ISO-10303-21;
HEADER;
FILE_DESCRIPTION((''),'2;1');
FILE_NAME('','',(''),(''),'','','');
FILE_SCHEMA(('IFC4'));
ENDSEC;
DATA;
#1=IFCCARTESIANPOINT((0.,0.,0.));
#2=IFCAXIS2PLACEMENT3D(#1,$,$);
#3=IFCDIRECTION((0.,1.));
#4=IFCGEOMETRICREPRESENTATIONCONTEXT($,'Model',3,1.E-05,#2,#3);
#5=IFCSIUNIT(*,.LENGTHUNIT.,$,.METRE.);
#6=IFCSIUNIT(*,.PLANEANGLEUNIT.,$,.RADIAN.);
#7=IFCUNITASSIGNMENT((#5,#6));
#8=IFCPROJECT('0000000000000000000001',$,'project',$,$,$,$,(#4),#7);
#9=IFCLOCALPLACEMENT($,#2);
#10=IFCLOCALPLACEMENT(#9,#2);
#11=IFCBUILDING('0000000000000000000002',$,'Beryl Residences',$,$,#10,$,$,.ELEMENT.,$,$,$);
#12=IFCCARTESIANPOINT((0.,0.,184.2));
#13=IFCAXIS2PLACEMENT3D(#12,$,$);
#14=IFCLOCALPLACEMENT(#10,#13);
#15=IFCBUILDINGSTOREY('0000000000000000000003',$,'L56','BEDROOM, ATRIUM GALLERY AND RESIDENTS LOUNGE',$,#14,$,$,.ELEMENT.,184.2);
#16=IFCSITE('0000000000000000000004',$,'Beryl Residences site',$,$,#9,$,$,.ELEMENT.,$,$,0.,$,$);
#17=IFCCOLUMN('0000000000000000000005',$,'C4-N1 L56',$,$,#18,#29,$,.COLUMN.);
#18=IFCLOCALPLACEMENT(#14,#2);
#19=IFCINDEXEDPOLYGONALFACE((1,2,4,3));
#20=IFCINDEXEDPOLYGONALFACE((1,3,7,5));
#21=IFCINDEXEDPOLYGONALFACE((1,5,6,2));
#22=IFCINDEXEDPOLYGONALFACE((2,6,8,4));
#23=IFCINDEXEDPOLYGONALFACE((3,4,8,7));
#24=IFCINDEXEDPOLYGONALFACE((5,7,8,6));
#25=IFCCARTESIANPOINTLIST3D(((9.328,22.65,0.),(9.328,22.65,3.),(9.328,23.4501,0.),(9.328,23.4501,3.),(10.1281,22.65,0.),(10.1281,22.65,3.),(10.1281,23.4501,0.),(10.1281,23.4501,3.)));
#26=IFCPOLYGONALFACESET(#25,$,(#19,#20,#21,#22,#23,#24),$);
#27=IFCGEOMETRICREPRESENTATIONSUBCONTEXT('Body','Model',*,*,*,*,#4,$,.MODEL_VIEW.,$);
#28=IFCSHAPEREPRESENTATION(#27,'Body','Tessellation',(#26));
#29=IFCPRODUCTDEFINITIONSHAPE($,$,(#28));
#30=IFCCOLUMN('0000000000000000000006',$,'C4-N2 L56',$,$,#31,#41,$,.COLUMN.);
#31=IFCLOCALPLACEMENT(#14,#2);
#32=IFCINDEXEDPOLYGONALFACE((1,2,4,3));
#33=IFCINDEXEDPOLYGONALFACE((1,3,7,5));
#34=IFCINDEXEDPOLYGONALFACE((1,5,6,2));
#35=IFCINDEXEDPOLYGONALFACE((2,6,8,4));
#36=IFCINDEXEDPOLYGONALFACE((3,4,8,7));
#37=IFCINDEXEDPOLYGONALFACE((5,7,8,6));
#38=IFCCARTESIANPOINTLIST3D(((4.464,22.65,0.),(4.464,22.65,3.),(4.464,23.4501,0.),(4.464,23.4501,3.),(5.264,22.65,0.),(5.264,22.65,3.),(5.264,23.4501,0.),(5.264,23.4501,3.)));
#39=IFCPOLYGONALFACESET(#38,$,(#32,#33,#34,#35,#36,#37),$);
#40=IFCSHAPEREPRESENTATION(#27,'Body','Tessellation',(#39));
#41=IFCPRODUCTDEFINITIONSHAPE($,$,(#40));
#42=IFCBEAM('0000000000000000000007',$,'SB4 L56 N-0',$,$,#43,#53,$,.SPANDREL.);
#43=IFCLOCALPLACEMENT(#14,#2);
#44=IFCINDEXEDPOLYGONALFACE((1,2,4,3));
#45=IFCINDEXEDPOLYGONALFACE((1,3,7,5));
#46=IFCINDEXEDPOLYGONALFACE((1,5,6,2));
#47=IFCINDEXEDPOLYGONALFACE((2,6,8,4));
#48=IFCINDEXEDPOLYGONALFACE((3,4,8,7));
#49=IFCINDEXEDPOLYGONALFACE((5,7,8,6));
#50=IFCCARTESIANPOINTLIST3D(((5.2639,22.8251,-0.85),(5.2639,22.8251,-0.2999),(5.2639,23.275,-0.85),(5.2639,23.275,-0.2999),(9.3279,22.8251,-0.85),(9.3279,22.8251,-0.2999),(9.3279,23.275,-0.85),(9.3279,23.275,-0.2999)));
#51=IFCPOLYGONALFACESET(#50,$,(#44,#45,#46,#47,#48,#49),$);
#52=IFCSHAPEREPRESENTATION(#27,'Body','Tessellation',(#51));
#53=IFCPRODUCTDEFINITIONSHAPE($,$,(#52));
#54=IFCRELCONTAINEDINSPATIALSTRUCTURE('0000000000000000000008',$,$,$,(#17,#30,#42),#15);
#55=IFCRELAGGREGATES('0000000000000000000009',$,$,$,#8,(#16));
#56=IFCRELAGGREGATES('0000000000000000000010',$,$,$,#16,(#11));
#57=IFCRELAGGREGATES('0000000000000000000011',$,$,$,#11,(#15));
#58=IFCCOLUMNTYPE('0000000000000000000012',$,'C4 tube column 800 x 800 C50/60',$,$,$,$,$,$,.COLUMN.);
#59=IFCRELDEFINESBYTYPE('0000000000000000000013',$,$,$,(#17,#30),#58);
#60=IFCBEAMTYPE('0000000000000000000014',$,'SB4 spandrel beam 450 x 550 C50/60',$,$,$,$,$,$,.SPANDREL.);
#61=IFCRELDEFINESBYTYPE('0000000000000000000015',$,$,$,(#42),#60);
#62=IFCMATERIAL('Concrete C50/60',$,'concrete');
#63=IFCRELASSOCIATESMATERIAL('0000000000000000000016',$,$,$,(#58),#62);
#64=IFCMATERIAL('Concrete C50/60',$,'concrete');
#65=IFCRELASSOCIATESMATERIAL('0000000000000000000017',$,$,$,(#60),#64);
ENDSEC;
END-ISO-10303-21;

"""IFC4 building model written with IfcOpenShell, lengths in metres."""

from ifc_helpers import new_model, si_unit, direction, frame, origin, origin_2d, place, context, subcontext, project, spatial, rectangle, extrude, material, material_profile, profile_set, type_object, element, save


model = new_model("IFC4")

# Units and contexts
model_context = context("Model", 3, precision=1e-05, world=origin(), true_north=direction((0.0, 1.0)))
body_context = subcontext(model_context, "Body", "Model", "MODEL_VIEW")
ifc_project = project(units=[si_unit("LENGTHUNIT", "METRE"), si_unit("PLANEANGLEUNIT", "RADIAN")], contexts=[model_context])

# Site, building, storey
site_placement = place(None, origin())
site = spatial("IfcSite", under=ifc_project, at=site_placement, Name="Beryl Residences site", CompositionType="ELEMENT", RefElevation=0.0)
building_placement = place(site_placement, origin())
building = spatial("IfcBuilding", under=site, at=building_placement, Name="Beryl Residences", CompositionType="ELEMENT")
storey_placement = place(building_placement, frame((0.0, 0.0, 184.2)))
storey = spatial("IfcBuildingStorey", under=building, at=storey_placement, Name="L56", Description="BEDROOM, ATRIUM GALLERY AND RESIDENTS LOUNGE", CompositionType="ELEMENT", Elevation=184.2)

# Columns
ifc_material_1 = material(Name="Concrete C50/60", Category="concrete")
ifc_material_profile_1 = material_profile(ifc_material_1, rectangle(XDim=0.8, YDim=0.8, at=origin_2d()))
ifc_profile_set_1 = profile_set([ifc_material_profile_1], Name="Concrete C50/60")
column_type = type_object("IfcColumnType", Name="C4 tube column 800 x 800 C50/60", PredefinedType="COLUMN", material=ifc_profile_set_1)
for number, where, z_axis, x_axis, name in (
    (1, (9.728, 23.05, 0.0), (0.0, 0.0, 1.0), (-1.0, 0.0, 0.0), "C4-N1 L56"),
    (2, (4.864, 23.05, 0.0), (0.0, 0.0, 1.0), (-1.0, 0.0, 0.0), "C4-N2 L56"),
):
    element("IfcColumn", number, at=place(storey_placement, frame(where, z_axis=z_axis, x_axis=x_axis)), inside=storey, type_object=column_type, Name=name, PredefinedType="COLUMN", context=body_context, shape_type="SweptSolid", body=[
        extrude(rectangle(XDim=0.8, YDim=0.8, at=origin_2d()), origin(), (0.0, 0.0, 1.0), 3.0),
    ])

# Beam
ifc_material_2 = material(Name="Concrete C50/60", Category="concrete")
ifc_material_profile_2 = material_profile(ifc_material_2, rectangle(XDim=0.45, YDim=0.55, at=origin_2d()))
ifc_profile_set_2 = profile_set([ifc_material_profile_2], Name="Concrete C50/60")
beam_type = type_object("IfcBeamType", Name="SB4 spandrel beam 450 x 550 C50/60", PredefinedType="SPANDREL", material=ifc_profile_set_2)
beam_placement = place(storey_placement, frame((9.3279, 23.05, -0.575), z_axis=(-1.0, 0.0, 0.0), x_axis=(0.0, -1.0, 0.0)))
element("IfcBeam", 3, at=beam_placement, inside=storey, type_object=beam_type, Name="SB4 L56 N-0", PredefinedType="SPANDREL", context=body_context, shape_type="SweptSolid", body=[
    extrude(rectangle(XDim=0.45, YDim=0.55, at=origin_2d()), origin(), (0.0, 0.0, 1.0), 4.064),
])

save(model, "model.ifc")
